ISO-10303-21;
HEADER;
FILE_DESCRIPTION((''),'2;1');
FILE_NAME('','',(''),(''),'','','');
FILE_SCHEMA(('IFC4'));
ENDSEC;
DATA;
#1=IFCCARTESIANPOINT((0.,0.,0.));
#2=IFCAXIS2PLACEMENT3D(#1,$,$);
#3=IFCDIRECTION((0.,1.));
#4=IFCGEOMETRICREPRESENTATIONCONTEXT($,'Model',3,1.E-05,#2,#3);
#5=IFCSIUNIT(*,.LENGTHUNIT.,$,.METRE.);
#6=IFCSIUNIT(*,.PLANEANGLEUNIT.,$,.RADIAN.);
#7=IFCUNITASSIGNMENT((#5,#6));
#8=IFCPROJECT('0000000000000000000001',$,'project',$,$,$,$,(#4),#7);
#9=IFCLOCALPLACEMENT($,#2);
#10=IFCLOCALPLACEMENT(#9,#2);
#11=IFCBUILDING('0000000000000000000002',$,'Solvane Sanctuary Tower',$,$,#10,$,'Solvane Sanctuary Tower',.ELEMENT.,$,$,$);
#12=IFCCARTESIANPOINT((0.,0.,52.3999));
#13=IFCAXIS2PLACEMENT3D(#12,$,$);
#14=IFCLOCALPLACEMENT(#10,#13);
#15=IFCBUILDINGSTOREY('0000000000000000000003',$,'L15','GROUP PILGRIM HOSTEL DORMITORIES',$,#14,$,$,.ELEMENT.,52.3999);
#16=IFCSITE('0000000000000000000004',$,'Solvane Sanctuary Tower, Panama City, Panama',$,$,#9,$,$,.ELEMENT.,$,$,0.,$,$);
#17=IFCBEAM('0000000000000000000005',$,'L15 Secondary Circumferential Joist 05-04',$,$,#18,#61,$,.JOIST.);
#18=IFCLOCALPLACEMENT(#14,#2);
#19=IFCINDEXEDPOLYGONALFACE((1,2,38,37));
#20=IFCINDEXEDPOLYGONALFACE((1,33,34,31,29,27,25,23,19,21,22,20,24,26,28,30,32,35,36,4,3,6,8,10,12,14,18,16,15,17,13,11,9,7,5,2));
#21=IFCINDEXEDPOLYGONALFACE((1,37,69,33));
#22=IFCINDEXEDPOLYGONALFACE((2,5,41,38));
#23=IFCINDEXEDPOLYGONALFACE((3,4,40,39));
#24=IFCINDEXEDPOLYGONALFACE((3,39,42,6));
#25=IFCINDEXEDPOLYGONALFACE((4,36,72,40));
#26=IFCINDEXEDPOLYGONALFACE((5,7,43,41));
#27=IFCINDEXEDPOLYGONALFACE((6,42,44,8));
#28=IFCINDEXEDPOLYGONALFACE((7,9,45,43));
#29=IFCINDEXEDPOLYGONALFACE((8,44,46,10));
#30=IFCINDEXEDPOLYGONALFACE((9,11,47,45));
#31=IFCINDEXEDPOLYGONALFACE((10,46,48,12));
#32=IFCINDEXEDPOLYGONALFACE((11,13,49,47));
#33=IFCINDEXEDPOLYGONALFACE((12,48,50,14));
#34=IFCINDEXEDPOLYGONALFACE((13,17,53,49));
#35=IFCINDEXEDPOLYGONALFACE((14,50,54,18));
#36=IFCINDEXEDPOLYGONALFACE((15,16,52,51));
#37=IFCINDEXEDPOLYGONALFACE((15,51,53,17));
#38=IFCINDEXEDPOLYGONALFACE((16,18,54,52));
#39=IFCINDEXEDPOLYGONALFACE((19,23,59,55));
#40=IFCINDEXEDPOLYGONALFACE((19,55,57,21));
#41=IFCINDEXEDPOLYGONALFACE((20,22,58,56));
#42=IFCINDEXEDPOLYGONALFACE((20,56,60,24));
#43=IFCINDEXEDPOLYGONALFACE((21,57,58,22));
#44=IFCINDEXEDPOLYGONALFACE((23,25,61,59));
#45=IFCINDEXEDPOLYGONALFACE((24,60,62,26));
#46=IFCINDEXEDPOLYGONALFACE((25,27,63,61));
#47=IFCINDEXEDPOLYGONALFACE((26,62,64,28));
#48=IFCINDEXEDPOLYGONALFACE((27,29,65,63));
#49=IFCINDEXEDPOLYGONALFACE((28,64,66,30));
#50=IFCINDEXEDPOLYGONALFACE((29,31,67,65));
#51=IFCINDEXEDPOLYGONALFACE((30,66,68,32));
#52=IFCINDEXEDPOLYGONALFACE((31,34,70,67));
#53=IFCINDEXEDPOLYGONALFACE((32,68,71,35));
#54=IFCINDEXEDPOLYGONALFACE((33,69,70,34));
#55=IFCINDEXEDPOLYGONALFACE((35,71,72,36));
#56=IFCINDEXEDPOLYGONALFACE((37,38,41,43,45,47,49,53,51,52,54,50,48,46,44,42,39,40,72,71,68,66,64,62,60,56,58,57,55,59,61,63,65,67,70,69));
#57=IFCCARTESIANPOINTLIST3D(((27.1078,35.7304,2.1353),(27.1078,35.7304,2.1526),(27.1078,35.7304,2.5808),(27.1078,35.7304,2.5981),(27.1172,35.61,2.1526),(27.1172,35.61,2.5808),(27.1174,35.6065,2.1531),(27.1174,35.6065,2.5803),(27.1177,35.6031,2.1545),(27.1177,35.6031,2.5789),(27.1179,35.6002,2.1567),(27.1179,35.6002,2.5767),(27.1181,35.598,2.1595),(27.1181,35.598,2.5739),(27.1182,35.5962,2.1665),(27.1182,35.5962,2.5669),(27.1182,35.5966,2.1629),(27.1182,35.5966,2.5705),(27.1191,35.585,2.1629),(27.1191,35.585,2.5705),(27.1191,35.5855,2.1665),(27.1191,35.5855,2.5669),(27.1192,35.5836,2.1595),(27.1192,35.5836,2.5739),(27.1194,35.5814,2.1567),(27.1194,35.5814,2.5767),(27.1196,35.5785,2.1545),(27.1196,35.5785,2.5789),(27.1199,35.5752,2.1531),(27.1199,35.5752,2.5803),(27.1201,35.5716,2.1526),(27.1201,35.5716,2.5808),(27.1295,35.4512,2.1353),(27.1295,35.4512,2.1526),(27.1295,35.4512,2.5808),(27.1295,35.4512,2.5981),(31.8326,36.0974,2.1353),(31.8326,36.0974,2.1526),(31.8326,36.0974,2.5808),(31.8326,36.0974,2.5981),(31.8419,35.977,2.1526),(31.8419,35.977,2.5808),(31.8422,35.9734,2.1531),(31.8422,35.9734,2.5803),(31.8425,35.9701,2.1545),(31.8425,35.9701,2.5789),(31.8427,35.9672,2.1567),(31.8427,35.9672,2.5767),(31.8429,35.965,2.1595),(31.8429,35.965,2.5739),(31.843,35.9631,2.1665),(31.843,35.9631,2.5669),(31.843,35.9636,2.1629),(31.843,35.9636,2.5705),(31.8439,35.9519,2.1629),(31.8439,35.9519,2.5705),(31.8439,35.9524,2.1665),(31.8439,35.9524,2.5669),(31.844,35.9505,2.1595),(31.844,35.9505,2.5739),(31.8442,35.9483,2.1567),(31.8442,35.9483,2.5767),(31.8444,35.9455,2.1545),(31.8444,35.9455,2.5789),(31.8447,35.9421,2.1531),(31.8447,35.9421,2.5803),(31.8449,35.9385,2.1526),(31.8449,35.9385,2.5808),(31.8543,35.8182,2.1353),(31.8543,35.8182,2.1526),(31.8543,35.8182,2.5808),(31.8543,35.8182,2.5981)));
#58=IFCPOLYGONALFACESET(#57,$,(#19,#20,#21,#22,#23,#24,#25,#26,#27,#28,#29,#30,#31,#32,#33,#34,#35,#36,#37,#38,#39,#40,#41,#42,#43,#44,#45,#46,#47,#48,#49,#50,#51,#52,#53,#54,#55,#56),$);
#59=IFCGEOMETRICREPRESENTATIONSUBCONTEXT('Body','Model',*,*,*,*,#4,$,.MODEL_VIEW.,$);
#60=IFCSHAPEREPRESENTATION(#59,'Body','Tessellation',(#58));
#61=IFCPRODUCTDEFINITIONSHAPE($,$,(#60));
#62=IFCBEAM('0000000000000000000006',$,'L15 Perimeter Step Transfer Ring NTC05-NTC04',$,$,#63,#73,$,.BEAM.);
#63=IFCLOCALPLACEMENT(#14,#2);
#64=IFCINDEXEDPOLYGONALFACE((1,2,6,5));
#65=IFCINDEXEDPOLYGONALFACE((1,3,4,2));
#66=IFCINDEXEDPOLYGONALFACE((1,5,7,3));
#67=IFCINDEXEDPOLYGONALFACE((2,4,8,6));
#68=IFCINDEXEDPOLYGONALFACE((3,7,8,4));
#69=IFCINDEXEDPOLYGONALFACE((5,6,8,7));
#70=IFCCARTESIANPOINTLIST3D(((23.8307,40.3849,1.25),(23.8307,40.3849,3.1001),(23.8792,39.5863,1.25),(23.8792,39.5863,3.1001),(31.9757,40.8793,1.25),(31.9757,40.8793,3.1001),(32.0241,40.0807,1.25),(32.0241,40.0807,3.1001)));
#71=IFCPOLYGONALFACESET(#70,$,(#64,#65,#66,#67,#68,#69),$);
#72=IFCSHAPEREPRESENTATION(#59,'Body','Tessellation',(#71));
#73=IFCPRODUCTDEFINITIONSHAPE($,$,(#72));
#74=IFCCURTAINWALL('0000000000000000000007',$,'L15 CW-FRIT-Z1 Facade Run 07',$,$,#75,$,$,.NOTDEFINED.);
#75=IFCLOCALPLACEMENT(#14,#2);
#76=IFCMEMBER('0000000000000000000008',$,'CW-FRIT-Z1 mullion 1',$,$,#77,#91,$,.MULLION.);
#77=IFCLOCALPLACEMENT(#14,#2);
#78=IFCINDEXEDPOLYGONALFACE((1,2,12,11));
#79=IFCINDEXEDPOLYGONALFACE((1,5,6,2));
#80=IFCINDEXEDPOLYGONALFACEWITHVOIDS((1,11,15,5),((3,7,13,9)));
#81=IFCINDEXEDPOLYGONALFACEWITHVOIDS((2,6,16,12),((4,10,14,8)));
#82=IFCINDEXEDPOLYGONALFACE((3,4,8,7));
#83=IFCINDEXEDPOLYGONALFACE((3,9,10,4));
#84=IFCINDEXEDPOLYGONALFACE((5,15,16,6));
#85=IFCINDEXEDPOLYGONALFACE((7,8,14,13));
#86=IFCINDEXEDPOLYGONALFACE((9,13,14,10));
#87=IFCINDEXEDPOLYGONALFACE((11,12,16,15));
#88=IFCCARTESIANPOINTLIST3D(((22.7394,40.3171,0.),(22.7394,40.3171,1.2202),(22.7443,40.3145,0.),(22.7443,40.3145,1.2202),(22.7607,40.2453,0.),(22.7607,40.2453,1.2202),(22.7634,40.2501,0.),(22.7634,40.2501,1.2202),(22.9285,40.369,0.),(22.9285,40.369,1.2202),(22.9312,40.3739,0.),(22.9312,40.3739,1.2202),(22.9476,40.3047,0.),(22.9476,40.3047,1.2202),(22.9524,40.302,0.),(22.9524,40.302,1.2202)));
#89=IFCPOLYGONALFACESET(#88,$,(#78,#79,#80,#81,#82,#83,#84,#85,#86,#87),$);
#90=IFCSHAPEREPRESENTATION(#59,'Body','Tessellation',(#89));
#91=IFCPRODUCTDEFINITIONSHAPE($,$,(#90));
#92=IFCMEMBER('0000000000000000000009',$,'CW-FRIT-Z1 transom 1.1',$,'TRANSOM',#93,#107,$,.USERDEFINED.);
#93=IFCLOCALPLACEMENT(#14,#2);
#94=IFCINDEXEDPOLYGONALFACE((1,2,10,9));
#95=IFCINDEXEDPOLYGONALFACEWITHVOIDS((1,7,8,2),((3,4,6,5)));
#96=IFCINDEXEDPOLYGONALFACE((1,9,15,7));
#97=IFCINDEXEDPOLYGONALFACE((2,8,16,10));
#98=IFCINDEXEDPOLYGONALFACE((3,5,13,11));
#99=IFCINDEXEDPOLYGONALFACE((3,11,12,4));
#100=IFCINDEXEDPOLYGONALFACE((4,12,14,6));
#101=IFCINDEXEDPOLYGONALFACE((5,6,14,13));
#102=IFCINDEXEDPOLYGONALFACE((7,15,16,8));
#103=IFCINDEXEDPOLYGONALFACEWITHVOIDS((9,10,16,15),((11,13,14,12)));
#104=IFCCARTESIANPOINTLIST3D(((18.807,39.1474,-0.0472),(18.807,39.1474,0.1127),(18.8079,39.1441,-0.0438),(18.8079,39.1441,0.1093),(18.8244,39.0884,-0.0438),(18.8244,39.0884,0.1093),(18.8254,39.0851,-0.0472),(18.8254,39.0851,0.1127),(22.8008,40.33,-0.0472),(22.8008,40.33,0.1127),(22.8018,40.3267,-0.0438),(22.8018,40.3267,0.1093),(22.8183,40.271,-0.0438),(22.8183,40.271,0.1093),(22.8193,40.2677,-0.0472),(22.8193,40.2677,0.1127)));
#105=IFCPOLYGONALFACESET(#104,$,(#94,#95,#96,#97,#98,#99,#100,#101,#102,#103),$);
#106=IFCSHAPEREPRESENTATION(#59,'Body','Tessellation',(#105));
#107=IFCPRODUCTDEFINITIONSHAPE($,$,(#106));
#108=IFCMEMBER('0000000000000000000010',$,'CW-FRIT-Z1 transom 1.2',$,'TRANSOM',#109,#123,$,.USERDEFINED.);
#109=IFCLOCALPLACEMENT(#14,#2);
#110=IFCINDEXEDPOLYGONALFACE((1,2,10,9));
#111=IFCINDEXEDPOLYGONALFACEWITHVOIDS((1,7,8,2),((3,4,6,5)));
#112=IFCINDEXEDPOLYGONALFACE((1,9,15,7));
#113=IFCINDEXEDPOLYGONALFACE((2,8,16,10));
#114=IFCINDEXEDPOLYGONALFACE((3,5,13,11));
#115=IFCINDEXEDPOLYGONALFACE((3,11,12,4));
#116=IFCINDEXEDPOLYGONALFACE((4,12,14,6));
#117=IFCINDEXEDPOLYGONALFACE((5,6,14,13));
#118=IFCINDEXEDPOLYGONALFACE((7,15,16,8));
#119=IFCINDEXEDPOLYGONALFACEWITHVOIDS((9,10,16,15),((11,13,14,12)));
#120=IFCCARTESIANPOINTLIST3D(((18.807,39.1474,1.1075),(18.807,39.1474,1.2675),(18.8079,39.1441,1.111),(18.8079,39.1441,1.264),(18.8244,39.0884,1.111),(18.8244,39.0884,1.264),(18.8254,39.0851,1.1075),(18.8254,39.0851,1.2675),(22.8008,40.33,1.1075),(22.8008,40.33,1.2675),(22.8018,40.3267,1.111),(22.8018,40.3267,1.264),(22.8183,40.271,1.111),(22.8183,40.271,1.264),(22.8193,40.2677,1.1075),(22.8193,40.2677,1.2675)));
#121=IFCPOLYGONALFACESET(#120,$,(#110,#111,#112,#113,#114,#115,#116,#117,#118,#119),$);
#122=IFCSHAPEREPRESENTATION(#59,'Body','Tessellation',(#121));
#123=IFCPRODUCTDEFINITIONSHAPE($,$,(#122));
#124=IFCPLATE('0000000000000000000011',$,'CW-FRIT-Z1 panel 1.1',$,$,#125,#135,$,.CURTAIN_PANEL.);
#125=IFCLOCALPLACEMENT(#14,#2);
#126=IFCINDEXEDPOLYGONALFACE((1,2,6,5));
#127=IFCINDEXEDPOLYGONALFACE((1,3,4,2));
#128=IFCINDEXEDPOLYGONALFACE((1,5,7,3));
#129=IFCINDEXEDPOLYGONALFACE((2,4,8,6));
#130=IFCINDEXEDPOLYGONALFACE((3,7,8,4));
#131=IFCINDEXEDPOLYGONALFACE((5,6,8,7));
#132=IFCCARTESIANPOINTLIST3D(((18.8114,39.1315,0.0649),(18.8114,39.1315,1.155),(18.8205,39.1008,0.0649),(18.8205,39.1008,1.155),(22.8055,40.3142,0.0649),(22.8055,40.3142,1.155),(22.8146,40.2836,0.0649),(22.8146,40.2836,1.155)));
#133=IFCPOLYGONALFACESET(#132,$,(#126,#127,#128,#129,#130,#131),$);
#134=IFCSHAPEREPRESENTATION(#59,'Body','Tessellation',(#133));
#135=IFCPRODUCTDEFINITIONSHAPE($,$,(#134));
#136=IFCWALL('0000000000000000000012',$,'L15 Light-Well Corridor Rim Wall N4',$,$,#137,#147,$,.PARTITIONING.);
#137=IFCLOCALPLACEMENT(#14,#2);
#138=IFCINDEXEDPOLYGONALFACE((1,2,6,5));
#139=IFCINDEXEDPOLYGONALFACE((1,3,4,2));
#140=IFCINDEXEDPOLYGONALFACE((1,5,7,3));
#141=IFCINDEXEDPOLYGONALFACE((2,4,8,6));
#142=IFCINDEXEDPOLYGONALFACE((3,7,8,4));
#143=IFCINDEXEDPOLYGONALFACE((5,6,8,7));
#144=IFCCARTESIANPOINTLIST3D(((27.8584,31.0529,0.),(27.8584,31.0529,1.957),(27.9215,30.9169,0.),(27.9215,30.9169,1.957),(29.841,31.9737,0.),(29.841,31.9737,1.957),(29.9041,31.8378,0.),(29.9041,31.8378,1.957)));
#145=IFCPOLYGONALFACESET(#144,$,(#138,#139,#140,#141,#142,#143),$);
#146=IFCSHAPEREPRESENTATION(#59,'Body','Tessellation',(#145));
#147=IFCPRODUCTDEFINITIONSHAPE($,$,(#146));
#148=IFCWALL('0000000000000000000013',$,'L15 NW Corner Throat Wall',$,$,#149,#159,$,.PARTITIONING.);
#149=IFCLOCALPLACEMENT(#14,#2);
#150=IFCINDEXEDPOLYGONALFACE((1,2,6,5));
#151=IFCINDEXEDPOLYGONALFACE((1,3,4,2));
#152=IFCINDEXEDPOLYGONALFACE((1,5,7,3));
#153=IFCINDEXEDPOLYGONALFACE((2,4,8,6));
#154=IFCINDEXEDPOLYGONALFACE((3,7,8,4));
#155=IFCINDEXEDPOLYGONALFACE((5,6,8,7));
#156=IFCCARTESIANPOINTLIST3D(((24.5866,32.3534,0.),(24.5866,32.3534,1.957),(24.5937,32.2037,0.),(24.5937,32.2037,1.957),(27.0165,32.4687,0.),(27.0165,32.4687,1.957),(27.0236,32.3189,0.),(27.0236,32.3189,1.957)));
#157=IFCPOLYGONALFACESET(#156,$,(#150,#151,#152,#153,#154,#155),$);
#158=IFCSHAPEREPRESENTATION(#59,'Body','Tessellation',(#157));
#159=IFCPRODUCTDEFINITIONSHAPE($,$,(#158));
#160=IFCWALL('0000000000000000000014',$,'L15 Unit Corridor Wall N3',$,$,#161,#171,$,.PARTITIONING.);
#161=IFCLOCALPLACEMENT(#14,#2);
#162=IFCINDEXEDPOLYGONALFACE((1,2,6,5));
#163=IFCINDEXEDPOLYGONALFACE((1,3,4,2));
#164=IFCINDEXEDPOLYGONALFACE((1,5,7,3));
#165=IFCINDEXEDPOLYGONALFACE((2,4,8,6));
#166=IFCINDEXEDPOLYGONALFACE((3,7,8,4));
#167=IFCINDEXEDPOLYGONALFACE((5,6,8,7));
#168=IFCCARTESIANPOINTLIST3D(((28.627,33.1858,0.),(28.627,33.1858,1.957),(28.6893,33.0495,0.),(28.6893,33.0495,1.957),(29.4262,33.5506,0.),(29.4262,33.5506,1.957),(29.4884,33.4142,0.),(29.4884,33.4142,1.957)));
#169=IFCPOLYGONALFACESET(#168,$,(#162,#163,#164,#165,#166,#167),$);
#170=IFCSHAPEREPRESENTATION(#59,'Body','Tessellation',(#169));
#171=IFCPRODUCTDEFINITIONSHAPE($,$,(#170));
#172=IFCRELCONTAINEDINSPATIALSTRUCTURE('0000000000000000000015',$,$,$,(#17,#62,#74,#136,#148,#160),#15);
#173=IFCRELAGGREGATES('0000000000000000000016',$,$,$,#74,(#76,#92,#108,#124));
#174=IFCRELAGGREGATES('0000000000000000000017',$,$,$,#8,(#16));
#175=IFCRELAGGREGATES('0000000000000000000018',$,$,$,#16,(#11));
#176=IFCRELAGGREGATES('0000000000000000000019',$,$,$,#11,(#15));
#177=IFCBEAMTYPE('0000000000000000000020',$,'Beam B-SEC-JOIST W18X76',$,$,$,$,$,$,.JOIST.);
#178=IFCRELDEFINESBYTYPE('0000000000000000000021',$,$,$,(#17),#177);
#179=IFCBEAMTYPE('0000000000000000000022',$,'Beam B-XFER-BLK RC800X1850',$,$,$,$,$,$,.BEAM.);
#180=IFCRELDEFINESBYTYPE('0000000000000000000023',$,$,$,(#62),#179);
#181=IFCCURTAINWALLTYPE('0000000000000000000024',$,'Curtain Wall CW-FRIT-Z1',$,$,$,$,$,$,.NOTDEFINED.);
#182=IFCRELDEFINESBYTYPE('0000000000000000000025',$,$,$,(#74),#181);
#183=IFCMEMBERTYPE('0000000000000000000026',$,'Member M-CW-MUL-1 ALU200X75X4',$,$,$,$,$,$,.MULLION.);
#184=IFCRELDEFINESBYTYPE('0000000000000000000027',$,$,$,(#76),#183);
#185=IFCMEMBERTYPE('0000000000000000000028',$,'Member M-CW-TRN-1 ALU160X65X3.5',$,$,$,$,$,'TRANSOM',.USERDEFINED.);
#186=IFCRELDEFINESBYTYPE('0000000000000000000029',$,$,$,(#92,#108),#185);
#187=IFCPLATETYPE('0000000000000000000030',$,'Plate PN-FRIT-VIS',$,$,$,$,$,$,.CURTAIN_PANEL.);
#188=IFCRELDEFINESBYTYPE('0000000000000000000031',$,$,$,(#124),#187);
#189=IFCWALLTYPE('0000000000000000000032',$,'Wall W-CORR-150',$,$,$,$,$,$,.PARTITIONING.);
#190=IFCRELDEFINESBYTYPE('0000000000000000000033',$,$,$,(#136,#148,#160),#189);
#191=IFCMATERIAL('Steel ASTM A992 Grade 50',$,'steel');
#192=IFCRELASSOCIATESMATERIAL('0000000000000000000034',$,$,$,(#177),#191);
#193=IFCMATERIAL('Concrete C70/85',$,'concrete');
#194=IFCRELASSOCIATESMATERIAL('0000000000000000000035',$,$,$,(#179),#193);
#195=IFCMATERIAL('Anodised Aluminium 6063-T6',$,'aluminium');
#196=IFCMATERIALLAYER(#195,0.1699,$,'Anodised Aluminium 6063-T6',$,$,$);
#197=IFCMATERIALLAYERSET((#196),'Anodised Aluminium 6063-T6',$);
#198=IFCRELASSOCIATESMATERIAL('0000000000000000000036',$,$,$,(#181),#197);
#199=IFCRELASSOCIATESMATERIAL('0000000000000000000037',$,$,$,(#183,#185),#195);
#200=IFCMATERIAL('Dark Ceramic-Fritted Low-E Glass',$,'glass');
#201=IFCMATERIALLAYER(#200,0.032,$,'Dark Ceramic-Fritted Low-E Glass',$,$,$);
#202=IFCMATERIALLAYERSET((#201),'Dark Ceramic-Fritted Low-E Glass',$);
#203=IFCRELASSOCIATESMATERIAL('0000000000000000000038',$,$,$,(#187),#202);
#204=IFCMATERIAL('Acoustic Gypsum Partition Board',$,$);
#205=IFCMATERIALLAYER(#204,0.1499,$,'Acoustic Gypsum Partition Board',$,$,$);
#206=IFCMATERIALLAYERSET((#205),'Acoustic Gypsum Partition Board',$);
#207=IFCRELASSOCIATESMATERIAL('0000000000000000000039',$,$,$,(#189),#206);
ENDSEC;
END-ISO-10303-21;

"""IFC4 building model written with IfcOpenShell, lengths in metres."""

from ifc_helpers import new_model, si_unit, direction, frame, frame_2d, origin, origin_2d, place, context, subcontext, project, spatial, rectangle, hollow_rectangle, i_section, extrude, material, layer, layer_set, material_profile, profile_set, type_object, element, aggregate, save


model = new_model("IFC4")

# Units and contexts
model_context = context("Model", 3, precision=1e-05, world=origin(), true_north=direction((0.0, 1.0)))
body_context = subcontext(model_context, "Body", "Model", "MODEL_VIEW")
ifc_project = project(units=[si_unit("LENGTHUNIT", "METRE"), si_unit("PLANEANGLEUNIT", "RADIAN")], contexts=[model_context])

# Site, building, storey
site_placement = place(None, origin())
site = spatial("IfcSite", under=ifc_project, at=site_placement, Name="Solvane Sanctuary Tower, Panama City, Panama", CompositionType="ELEMENT", RefElevation=0.0)
building_placement = place(site_placement, origin())
building = spatial("IfcBuilding", under=site, at=building_placement, Name="Solvane Sanctuary Tower", LongName="Solvane Sanctuary Tower", CompositionType="ELEMENT")
storey_placement = place(building_placement, frame((0.0, 0.0, 52.3999)))
storey = spatial("IfcBuildingStorey", under=building, at=storey_placement, Name="L15", Description="GROUP PILGRIM HOSTEL DORMITORIES", CompositionType="ELEMENT", Elevation=52.3999)

# Shared definitions
ifc_material_1 = material(Name="Concrete C70/85", Category="concrete")

# Beams
ifc_material_2 = material(Name="Steel ASTM A992 Grade 50", Category="steel")
ifc_material_profile_1 = material_profile(ifc_material_2, i_section(OverallWidth=0.28, OverallDepth=0.4629, WebThickness=0.0107, FlangeThickness=0.0173, FilletRadius=0.0139, at=origin_2d()), Name="W18X76")
ifc_profile_set_1 = profile_set([ifc_material_profile_1], Name="Steel ASTM A992 Grade 50")
beam_type_1 = type_object("IfcBeamType", Name="Beam B-SEC-JOIST W18X76", PredefinedType="JOIST", material=ifc_profile_set_1)
beam_1_placement = place(storey_placement, frame((27.1187, 35.5908, 2.3667), z_axis=(0.996998, 0.077429, 0.0), x_axis=(-0.077429, 0.996998, 0.0)))
element("IfcBeam", 1, at=beam_1_placement, inside=storey, type_object=beam_type_1, Name="L15 Secondary Circumferential Joist 05-04", PredefinedType="JOIST", context=body_context, shape_type="SweptSolid", body=[
    extrude(i_section(OverallWidth=0.28, OverallDepth=0.4629, WebThickness=0.0107, FlangeThickness=0.0173, FilletRadius=0.0139, at=origin_2d()), origin(), (0.0, 0.0, 1.0), 4.739),
])
ifc_material_profile_2 = material_profile(ifc_material_1, rectangle(XDim=0.8, YDim=1.8501, at=origin_2d()), Name="RC800X1850")
ifc_profile_set_2 = profile_set([ifc_material_profile_2], Name="Concrete C70/85")
beam_type_2 = type_object("IfcBeamType", Name="Beam B-XFER-BLK RC800X1850", PredefinedType="BEAM", material=ifc_profile_set_2)
beam_2_placement = place(storey_placement, frame((23.855, 39.9856, 2.175), z_axis=(0.998163, 0.060586, 0.0), x_axis=(-0.060586, 0.998163, 0.0)))
element("IfcBeam", 2, at=beam_2_placement, inside=storey, type_object=beam_type_2, Name="L15 Perimeter Step Transfer Ring NTC05-NTC04", PredefinedType="BEAM", context=body_context, shape_type="SweptSolid", body=[
    extrude(rectangle(XDim=0.8, YDim=1.8501, at=origin_2d()), origin(), (0.0, 0.0, 1.0), 8.1599),
])

# Curtain wall, members, plate
ifc_material_3 = material(Name="Anodised Aluminium 6063-T6", Category="aluminium")
ifc_layer_1 = layer(ifc_material_3, 0.1699, Name="Anodised Aluminium 6063-T6")
ifc_layer_set_1 = layer_set([ifc_layer_1], Name="Anodised Aluminium 6063-T6")
curtain_wall_type = type_object("IfcCurtainWallType", Name="Curtain Wall CW-FRIT-Z1", PredefinedType="NOTDEFINED", material=ifc_layer_set_1)
curtain_wall_placement = place(storey_placement, origin())
curtain_wall = element("IfcCurtainWall", 3, at=curtain_wall_placement, inside=storey, type_object=curtain_wall_type, Name="L15 CW-FRIT-Z1 Facade Run 07", PredefinedType="NOTDEFINED")
ifc_material_profile_3 = material_profile(ifc_material_3, hollow_rectangle(XDim=0.075, YDim=0.2, WallThickness=0.0039, at=origin_2d()), Name="ALU200X75X4")
ifc_profile_set_3 = profile_set([ifc_material_profile_3], Name="Anodised Aluminium 6063-T6")
member_type_1 = type_object("IfcMemberType", Name="Member M-CW-MUL-1 ALU200X75X4", PredefinedType="MULLION", material=ifc_profile_set_3)
member_1_placement = place(storey_placement, frame((22.8459, 40.3096, 0.0), z_axis=(0.0, 0.0, 1.0), x_axis=(0.283936, -0.958843, 0.0)))
member_1 = element("IfcMember", 4, at=member_1_placement, type_object=member_type_1, Name="CW-FRIT-Z1 mullion 1", PredefinedType="MULLION", context=body_context, shape_type="SweptSolid", body=[
    extrude(hollow_rectangle(XDim=0.075, YDim=0.2, WallThickness=0.0039, at=origin_2d()), origin(), (0.0, 0.0, 1.0), 1.2202),
])
ifc_material_profile_4 = material_profile(ifc_material_3, hollow_rectangle(XDim=0.0649, YDim=0.1599, WallThickness=0.0034, at=origin_2d()), Name="ALU160X65X3.5")
ifc_profile_set_4 = profile_set([ifc_material_profile_4], Name="Anodised Aluminium 6063-T6")
member_type_2 = type_object("IfcMemberType", Name="Member M-CW-TRN-1 ALU160X65X3.5", ElementType="TRANSOM", PredefinedType="USERDEFINED", material=ifc_profile_set_4)
member_2_placement = place(storey_placement, frame((22.8101, 40.2988, 0.0327), z_axis=(-0.958848, -0.283921, 0.0), x_axis=(0.283921, -0.958848, 0.0)))
member_2 = element("IfcMember", 5, at=member_2_placement, type_object=member_type_2, Name="CW-FRIT-Z1 transom 1.1", ObjectType="TRANSOM", PredefinedType="USERDEFINED", context=body_context, shape_type="SweptSolid", body=[
    extrude(hollow_rectangle(XDim=0.0649, YDim=0.1599, WallThickness=0.0034, at=origin_2d()), origin(), (0.0, 0.0, 1.0), 4.1653),
])
member_3_placement = place(storey_placement, frame((22.8101, 40.2988, 1.1875), z_axis=(-0.958848, -0.283921, 0.0), x_axis=(0.283921, -0.958848, 0.0)))
member_3 = element("IfcMember", 6, at=member_3_placement, type_object=member_type_2, Name="CW-FRIT-Z1 transom 1.2", ObjectType="TRANSOM", PredefinedType="USERDEFINED", context=body_context, shape_type="SweptSolid", body=[
    extrude(hollow_rectangle(XDim=0.0649, YDim=0.1599, WallThickness=0.0034, at=origin_2d()), origin(), (0.0, 0.0, 1.0), 4.1653),
])
ifc_material_4 = material(Name="Dark Ceramic-Fritted Low-E Glass", Category="glass")
ifc_layer_2 = layer(ifc_material_4, 0.032, Name="Dark Ceramic-Fritted Low-E Glass")
ifc_layer_set_2 = layer_set([ifc_layer_2], Name="Dark Ceramic-Fritted Low-E Glass")
plate_type = type_object("IfcPlateType", Name="Plate PN-FRIT-VIS", PredefinedType="CURTAIN_PANEL", material=ifc_layer_set_2)
plate_placement = place(storey_placement, frame((20.813, 39.7075, 0.0649), z_axis=(0.0, 0.0, 1.0), x_axis=(-0.958843, -0.283936, 0.0)))
plate = element("IfcPlate", 7, at=plate_placement, type_object=plate_type, Name="CW-FRIT-Z1 panel 1.1", PredefinedType="CURTAIN_PANEL", context=body_context, shape_type="SweptSolid", body=[
    extrude(rectangle(XDim=4.1655, YDim=0.032, at=origin_2d()), origin(), (0.0, 0.0, 1.0), 1.0901),
])
aggregate(curtain_wall, [member_1, member_2, member_3, plate])

# Walls
ifc_material_5 = material(Name="Acoustic Gypsum Partition Board")
ifc_layer_3 = layer(ifc_material_5, 0.1499, Name="Acoustic Gypsum Partition Board")
ifc_layer_set_3 = layer_set([ifc_layer_3], Name="Acoustic Gypsum Partition Board")
wall_type_1 = type_object("IfcWallType", Name="Wall W-CORR-150", PredefinedType="PARTITIONING", material=ifc_layer_set_3)
wall_1_placement = place(storey_placement, frame((29.8726, 31.9058, 0.0), z_axis=(0.0, 0.0, 1.0), x_axis=(-0.906943, -0.421252, 0.0)))
element("IfcWall", 8, at=wall_1_placement, inside=storey, type_object=wall_type_1, Name="L15 Light-Well Corridor Rim Wall N4", PredefinedType="PARTITIONING", context=body_context, shape_type="SweptSolid", body=[
    extrude(rectangle(XDim=2.186, YDim=0.1499, at=frame_2d((1.093, 0.0))), origin(), (0.0, 0.0, 1.0), 1.957),
])
wall_2_placement = place(storey_placement, frame((27.02, 32.3938, 0.0), z_axis=(0.0, 0.0, 1.0), x_axis=(-0.998877, -0.04737, 0.0)))
element("IfcWall", 9, at=wall_2_placement, inside=storey, type_object=wall_type_1, Name="L15 NW Corner Throat Wall", PredefinedType="PARTITIONING", context=body_context, shape_type="SweptSolid", body=[
    extrude(rectangle(XDim=2.4326, YDim=0.1499, at=frame_2d((1.2163, 0.0))), origin(), (0.0, 0.0, 1.0), 1.957),
])
wall_3_placement = place(storey_placement, frame((29.4573, 33.4824, 0.0), z_axis=(0.0, 0.0, 1.0), x_axis=(-0.909709, -0.415247, 0.0)))
element("IfcWall", 10, at=wall_3_placement, inside=storey, type_object=wall_type_1, Name="L15 Unit Corridor Wall N3", PredefinedType="PARTITIONING", context=body_context, shape_type="SweptSolid", body=[
    extrude(rectangle(XDim=0.8784, YDim=0.1499, at=frame_2d((0.4392, 0.0))), origin(), (0.0, 0.0, 1.0), 1.957),
])

save(model, "model.ifc")
